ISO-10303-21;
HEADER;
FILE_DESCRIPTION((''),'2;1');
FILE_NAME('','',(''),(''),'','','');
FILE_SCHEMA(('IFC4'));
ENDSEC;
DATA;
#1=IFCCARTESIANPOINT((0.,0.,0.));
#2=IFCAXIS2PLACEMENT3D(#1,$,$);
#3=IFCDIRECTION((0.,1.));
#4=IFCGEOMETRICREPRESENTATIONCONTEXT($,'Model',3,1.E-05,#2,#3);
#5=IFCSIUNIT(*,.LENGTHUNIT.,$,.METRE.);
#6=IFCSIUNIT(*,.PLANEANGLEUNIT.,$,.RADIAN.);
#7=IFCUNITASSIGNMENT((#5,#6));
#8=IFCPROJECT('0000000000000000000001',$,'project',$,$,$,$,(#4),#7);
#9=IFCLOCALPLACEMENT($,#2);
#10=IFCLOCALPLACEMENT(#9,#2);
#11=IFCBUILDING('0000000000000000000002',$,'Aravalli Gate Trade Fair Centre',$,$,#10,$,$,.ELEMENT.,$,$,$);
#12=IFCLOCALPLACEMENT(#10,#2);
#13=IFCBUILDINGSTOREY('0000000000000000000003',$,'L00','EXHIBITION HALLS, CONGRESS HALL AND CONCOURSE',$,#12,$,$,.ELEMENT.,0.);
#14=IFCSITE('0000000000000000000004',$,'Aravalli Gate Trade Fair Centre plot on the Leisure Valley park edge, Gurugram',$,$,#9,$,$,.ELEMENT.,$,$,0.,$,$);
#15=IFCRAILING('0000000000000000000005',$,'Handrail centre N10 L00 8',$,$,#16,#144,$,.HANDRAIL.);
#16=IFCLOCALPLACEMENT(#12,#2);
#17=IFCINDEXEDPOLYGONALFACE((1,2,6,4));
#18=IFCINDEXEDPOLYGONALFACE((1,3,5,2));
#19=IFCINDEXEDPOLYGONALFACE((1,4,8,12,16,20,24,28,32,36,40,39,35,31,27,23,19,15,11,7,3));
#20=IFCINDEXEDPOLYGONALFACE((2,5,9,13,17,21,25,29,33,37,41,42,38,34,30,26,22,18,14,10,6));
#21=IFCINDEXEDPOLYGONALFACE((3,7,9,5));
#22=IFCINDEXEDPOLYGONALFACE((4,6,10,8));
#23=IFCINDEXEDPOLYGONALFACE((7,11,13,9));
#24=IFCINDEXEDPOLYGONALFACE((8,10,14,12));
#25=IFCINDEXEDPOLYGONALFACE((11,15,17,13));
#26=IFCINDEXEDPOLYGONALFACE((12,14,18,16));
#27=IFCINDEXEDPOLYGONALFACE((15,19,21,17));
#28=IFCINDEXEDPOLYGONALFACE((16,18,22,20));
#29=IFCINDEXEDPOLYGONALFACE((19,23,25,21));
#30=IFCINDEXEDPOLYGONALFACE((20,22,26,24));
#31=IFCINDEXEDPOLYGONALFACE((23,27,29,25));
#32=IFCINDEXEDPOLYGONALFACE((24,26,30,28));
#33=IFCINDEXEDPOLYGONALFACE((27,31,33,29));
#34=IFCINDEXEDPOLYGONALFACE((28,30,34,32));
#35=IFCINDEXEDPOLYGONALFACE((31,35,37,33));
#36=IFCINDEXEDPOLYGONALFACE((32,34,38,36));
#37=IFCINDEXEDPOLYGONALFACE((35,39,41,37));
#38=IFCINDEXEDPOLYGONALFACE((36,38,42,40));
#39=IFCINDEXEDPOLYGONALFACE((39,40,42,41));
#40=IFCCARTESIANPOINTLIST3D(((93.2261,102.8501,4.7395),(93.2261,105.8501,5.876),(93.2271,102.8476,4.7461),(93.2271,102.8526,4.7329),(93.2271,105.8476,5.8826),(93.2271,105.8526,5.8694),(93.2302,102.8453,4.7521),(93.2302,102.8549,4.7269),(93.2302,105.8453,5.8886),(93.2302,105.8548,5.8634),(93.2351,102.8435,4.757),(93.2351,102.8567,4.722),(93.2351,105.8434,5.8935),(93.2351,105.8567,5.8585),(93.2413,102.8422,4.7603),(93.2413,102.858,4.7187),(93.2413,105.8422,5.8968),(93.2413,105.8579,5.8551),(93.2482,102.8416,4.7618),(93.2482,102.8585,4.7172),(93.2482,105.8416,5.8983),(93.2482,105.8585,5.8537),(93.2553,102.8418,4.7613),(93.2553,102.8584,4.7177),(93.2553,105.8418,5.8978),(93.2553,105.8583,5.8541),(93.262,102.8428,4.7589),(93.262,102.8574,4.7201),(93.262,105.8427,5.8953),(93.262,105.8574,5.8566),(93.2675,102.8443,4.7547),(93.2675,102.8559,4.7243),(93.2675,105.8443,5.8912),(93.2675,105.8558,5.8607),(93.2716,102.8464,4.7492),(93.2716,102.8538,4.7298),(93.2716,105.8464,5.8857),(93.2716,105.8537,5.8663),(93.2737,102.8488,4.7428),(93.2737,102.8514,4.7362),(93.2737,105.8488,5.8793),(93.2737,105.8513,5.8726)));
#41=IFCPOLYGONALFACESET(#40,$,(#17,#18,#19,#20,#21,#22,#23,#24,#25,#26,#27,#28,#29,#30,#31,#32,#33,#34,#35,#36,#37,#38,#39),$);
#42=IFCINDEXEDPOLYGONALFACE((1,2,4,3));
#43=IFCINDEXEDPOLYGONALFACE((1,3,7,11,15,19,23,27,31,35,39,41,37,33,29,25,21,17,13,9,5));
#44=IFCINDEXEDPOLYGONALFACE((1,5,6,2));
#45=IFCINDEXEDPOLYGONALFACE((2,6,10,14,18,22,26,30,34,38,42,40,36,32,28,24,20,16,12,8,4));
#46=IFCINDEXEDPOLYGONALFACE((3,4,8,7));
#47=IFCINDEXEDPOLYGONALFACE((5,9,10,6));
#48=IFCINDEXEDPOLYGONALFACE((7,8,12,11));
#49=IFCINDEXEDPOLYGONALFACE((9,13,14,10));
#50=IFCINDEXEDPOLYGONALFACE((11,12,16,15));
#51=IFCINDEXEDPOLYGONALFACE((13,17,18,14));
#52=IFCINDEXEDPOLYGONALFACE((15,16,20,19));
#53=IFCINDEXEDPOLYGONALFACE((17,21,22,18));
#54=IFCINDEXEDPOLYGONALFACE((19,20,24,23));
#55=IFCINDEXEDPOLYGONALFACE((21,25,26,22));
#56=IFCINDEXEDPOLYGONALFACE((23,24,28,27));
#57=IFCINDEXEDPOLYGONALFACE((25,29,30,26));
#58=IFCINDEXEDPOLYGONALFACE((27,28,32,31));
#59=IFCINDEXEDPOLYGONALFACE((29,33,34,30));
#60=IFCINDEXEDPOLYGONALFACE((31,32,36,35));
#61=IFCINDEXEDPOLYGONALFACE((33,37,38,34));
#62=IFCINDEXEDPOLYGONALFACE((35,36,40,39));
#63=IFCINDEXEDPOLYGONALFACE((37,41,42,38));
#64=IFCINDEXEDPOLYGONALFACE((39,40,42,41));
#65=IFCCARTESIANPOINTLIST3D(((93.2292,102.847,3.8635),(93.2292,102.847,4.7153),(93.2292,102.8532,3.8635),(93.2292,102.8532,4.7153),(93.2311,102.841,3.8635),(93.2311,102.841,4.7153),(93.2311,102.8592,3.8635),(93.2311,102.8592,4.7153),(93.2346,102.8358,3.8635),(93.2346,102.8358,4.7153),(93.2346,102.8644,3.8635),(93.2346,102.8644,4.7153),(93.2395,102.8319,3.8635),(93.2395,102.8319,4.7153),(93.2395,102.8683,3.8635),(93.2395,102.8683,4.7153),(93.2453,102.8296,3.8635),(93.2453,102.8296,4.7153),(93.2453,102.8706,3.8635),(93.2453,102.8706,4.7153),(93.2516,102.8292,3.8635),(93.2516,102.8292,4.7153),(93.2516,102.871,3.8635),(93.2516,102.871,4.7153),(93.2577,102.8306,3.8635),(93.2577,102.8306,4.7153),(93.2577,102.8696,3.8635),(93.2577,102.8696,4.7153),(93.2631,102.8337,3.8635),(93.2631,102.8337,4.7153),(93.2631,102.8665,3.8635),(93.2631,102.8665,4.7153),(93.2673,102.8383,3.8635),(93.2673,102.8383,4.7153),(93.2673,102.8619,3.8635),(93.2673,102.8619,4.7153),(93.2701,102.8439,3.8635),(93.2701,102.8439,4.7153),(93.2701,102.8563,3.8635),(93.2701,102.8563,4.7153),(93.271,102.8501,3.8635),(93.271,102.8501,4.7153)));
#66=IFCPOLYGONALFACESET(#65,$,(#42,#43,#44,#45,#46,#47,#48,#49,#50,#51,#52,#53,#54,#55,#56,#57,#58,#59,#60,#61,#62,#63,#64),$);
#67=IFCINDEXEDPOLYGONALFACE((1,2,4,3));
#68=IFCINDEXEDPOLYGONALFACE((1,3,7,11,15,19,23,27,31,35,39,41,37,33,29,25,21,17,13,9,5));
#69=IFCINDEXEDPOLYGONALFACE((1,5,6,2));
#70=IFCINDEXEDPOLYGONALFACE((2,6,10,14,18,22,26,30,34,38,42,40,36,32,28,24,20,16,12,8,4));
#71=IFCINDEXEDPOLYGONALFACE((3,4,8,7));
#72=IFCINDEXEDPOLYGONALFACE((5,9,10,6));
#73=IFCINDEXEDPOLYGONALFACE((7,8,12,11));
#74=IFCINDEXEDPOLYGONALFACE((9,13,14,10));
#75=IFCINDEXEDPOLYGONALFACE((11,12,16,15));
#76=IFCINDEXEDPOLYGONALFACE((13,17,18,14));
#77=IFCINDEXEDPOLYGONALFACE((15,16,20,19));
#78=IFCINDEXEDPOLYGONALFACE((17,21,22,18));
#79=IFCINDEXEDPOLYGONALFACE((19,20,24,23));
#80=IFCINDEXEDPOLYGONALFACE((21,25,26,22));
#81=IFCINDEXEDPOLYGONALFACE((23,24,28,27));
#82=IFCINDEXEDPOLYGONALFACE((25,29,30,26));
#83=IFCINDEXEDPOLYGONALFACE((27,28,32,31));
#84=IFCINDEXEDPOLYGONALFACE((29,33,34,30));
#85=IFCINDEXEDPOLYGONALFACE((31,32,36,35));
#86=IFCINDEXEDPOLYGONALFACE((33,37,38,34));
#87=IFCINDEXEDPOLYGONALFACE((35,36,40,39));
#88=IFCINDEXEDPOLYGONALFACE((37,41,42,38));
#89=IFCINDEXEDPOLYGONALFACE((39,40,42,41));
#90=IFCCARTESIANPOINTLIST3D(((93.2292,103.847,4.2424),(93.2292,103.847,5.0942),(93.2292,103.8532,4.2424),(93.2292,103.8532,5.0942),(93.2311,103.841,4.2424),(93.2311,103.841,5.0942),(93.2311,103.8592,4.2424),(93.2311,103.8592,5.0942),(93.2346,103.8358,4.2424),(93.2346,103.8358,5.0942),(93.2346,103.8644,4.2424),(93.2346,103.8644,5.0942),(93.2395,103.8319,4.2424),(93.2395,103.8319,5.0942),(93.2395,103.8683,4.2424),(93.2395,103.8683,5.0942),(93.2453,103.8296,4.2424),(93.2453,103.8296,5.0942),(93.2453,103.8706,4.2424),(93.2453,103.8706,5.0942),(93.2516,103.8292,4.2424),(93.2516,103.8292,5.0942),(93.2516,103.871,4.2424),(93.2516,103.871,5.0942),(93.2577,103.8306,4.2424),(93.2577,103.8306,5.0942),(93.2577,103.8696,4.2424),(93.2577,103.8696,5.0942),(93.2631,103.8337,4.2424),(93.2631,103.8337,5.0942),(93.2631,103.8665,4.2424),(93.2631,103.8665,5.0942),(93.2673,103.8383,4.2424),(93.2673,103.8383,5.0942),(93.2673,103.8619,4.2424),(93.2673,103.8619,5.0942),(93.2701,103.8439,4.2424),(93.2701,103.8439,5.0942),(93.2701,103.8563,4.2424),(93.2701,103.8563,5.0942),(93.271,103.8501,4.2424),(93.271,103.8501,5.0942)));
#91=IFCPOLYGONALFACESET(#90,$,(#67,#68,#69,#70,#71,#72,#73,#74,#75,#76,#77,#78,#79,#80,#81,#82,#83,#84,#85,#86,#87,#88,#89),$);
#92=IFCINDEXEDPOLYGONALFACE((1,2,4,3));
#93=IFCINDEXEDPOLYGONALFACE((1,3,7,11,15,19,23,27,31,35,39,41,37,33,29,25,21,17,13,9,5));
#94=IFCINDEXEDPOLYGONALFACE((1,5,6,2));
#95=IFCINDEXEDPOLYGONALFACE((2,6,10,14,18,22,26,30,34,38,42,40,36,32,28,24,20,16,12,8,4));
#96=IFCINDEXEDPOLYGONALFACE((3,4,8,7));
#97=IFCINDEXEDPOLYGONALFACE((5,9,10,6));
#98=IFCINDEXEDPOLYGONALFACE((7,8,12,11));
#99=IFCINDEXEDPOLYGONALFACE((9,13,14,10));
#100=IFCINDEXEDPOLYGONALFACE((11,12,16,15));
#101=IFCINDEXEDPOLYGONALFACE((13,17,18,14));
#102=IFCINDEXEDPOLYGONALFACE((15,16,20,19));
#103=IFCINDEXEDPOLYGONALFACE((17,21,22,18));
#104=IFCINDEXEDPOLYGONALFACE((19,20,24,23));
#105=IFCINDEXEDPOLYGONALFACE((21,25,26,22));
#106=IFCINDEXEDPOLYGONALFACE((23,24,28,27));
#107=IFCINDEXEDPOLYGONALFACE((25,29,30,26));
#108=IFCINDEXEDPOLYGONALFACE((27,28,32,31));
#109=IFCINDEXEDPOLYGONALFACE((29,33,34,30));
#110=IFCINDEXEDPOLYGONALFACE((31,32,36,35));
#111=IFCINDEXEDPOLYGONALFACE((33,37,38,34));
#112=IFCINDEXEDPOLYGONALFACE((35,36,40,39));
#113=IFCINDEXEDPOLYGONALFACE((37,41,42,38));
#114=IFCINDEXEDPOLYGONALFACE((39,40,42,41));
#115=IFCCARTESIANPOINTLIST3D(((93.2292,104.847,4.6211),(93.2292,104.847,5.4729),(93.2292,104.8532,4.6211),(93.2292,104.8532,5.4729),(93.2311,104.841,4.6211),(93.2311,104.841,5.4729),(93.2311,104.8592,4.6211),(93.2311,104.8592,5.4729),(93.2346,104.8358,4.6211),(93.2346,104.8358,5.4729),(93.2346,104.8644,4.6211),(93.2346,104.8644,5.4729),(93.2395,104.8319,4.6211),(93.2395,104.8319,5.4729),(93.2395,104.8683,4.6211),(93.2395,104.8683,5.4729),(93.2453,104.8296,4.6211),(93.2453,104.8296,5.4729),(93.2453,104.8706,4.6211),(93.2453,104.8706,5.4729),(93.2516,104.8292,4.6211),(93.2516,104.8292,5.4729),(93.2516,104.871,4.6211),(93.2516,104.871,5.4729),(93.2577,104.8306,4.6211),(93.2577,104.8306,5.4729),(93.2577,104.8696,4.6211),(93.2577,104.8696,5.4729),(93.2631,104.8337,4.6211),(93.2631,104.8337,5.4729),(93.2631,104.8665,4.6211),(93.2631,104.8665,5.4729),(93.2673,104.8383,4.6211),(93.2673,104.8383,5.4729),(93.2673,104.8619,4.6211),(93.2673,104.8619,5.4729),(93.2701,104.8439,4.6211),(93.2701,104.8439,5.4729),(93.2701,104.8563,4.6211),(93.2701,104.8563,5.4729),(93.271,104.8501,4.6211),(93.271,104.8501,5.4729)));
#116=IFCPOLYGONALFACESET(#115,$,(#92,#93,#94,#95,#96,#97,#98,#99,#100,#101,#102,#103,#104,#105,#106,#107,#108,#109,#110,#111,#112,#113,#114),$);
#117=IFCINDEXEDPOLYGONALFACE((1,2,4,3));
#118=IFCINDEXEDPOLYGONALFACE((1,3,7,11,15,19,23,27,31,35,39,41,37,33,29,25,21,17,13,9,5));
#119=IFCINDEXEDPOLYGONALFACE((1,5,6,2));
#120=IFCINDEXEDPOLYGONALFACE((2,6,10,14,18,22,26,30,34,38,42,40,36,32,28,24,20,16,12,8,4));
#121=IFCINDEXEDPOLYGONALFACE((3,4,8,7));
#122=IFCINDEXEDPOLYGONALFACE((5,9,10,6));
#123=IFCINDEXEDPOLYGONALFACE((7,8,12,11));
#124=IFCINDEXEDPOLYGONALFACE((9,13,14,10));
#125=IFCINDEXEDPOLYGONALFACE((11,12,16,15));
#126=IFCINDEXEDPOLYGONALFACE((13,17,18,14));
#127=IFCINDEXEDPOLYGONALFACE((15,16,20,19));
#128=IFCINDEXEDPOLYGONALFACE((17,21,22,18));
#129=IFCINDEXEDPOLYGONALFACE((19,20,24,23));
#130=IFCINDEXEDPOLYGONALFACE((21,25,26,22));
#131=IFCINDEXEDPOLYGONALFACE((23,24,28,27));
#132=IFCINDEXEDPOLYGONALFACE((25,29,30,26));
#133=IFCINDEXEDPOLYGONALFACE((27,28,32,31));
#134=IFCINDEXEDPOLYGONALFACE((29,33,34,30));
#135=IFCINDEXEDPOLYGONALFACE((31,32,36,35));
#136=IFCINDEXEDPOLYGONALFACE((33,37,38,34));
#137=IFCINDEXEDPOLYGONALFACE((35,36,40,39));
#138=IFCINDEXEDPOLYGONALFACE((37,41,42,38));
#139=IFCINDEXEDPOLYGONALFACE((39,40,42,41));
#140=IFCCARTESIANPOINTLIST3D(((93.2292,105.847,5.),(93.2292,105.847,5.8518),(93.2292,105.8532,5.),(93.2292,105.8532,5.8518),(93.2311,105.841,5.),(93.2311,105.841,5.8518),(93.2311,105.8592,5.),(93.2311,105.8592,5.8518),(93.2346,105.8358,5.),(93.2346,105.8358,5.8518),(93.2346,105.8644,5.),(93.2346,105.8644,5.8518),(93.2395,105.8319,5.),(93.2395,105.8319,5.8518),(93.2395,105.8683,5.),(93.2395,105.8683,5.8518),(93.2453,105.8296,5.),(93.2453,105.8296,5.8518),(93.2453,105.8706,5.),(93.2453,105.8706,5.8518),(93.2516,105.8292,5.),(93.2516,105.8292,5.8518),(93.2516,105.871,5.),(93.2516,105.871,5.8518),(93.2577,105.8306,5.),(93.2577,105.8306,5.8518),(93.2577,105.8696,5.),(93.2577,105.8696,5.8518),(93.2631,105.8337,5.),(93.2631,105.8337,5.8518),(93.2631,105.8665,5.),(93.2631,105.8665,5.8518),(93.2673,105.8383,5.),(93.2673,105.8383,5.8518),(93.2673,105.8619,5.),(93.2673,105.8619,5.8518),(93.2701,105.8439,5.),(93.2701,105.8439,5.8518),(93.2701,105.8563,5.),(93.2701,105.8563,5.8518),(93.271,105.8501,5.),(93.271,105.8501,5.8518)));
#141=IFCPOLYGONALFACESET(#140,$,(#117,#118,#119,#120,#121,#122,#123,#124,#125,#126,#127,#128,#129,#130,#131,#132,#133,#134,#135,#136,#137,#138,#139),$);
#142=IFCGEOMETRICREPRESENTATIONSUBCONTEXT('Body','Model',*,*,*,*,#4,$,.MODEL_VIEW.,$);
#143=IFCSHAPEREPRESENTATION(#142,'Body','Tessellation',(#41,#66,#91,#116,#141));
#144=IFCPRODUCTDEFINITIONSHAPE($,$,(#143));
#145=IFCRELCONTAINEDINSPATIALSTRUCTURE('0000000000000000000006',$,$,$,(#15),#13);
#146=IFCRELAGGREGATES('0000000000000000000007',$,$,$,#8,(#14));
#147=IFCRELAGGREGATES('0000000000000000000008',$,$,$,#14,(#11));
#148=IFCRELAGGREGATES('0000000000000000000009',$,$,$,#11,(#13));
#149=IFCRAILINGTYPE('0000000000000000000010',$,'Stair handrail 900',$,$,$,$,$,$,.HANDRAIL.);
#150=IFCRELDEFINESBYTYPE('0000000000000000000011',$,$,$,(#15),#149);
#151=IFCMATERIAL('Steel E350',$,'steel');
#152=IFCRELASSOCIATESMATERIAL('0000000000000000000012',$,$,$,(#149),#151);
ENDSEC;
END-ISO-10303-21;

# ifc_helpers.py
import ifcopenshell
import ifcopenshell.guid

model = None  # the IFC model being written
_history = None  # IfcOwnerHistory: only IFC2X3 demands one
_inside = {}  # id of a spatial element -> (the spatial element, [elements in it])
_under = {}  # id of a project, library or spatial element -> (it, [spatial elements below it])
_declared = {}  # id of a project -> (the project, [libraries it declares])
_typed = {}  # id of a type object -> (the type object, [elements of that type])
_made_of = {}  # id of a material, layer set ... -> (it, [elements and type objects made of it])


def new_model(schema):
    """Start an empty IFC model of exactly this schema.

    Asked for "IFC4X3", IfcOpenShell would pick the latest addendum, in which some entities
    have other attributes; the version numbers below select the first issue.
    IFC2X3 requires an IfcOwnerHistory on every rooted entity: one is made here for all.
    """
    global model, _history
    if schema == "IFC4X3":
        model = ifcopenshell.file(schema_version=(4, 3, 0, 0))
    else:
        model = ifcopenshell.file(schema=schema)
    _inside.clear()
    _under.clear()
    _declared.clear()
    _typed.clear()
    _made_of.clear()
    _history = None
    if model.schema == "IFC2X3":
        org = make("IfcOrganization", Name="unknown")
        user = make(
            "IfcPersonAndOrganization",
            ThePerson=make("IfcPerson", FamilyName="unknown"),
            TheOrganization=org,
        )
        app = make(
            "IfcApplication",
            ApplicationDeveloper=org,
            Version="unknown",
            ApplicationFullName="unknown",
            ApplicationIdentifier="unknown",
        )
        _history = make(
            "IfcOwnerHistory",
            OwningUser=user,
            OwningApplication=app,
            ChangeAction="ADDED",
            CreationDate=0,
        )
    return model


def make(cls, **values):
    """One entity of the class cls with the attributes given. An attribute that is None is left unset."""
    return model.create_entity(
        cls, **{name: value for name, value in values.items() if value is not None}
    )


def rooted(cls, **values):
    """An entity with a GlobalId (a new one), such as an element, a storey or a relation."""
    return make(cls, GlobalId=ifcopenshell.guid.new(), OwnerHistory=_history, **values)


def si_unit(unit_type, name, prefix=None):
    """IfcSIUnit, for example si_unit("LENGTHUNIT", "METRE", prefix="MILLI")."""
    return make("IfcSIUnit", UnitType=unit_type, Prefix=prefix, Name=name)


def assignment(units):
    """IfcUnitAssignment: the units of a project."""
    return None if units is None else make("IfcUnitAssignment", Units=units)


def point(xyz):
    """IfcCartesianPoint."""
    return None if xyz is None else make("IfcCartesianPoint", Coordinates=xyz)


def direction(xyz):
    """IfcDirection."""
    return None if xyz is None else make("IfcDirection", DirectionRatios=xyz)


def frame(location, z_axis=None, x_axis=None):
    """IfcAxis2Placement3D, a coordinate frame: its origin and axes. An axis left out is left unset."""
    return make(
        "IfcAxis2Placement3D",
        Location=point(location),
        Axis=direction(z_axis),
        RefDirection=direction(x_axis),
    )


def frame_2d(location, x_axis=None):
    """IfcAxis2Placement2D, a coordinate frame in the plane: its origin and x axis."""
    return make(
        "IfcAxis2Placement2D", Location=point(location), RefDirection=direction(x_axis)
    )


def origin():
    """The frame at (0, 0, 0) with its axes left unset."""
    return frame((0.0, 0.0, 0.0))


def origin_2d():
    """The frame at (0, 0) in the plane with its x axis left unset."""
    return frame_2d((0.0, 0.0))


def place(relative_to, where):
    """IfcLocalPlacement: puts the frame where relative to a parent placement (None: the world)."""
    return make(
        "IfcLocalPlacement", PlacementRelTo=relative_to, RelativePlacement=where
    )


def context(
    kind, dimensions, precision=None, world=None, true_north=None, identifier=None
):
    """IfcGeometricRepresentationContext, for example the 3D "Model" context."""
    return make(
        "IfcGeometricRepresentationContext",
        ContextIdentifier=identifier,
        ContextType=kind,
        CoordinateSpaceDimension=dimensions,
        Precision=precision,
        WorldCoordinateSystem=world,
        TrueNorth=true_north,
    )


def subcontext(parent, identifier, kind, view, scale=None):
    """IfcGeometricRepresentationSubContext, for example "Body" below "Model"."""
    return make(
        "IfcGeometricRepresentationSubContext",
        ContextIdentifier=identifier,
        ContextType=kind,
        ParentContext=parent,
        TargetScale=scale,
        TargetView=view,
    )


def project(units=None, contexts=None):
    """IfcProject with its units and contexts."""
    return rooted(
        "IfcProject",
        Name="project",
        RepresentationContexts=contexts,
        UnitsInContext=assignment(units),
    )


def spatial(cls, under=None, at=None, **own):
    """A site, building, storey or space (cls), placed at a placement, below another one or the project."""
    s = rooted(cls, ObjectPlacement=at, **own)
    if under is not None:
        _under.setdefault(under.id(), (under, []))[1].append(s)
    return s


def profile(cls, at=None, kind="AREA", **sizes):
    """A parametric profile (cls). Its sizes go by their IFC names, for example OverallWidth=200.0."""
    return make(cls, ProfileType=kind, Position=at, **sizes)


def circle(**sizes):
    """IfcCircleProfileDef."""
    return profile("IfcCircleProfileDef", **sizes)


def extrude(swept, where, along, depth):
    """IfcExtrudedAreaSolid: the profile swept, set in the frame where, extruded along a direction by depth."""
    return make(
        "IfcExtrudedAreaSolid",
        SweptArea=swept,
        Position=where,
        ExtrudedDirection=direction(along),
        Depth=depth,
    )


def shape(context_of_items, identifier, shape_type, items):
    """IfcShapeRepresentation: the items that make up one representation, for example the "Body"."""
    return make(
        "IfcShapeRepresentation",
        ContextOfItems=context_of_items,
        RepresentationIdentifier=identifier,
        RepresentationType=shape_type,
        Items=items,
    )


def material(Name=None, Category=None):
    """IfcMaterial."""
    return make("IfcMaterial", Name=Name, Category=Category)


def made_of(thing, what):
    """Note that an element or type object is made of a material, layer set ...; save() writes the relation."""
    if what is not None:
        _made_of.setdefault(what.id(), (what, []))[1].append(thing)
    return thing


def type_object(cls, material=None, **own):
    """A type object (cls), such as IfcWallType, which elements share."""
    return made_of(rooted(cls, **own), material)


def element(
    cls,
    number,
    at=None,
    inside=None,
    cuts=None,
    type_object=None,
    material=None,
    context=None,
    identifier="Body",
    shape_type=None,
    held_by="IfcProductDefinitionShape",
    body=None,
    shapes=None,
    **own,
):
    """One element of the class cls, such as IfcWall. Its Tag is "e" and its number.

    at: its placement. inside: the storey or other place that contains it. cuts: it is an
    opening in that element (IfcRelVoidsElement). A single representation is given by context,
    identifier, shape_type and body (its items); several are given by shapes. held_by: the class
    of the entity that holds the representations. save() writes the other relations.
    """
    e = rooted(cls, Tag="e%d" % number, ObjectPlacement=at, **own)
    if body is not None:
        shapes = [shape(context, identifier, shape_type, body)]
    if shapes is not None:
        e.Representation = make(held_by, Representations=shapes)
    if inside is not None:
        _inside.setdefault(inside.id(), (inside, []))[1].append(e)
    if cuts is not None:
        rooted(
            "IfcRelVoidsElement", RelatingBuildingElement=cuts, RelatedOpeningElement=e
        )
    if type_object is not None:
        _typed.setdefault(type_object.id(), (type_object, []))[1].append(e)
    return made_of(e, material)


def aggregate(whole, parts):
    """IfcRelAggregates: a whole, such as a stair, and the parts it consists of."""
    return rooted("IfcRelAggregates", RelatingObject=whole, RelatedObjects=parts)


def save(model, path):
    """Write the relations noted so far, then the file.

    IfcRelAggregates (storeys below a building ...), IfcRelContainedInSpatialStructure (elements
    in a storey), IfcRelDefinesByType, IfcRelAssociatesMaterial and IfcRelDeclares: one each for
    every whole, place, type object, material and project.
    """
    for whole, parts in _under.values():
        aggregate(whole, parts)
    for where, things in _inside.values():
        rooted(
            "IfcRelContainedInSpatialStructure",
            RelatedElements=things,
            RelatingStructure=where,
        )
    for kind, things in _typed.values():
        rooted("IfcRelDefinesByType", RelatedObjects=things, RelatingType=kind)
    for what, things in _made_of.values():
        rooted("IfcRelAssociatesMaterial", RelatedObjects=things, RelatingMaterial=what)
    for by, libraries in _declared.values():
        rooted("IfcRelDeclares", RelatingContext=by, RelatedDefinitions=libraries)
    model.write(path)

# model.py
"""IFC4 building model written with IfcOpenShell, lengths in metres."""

from ifc_helpers import new_model, si_unit, direction, frame, origin, origin_2d, place, context, subcontext, project, spatial, circle, extrude, material, type_object, element, save


model = new_model("IFC4")

# Units and contexts
model_context = context("Model", 3, precision=1e-05, world=origin(), true_north=direction((0.0, 1.0)))
body_context = subcontext(model_context, "Body", "Model", "MODEL_VIEW")
ifc_project = project(units=[si_unit("LENGTHUNIT", "METRE"), si_unit("PLANEANGLEUNIT", "RADIAN")], contexts=[model_context])

# Site, building, storey
site_placement = place(None, origin())
site = spatial("IfcSite", under=ifc_project, at=site_placement, Name="Aravalli Gate Trade Fair Centre plot on the Leisure Valley park edge, Gurugram", CompositionType="ELEMENT", RefElevation=0.0)
building_placement = place(site_placement, origin())
building = spatial("IfcBuilding", under=site, at=building_placement, Name="Aravalli Gate Trade Fair Centre", CompositionType="ELEMENT")
storey_placement = place(building_placement, origin())
storey = spatial("IfcBuildingStorey", under=building, at=storey_placement, Name="L00", Description="EXHIBITION HALLS, CONGRESS HALL AND CONCOURSE", CompositionType="ELEMENT", Elevation=0.0)

# Railing
ifc_material_1 = material(Name="Steel E350", Category="steel")
railing_type = type_object("IfcRailingType", Name="Stair handrail 900", PredefinedType="HANDRAIL", material=ifc_material_1)
for number, where, name in (
    (1, (93.25, 102.8501, 3.8635), "Handrail centre N10 L00 8"),
):
    element("IfcRailing", number, at=place(storey_placement, frame(where)), inside=storey, type_object=railing_type, Name=name, PredefinedType="HANDRAIL", context=body_context, shape_type="SweptSolid", body=[
        extrude(circle(Radius=0.0239, at=origin_2d()), frame((0.0, 0.0, 0.876), z_axis=(0.0, 0.935148, 0.354257), x_axis=(-1.0, 0.0, 0.0)), (0.0, 0.0, 1.0), 3.208),
        extrude(circle(Radius=0.021, at=origin_2d()), origin(), (0.0, 0.0, 1.0), 0.8518),
        extrude(circle(Radius=0.021, at=origin_2d()), frame((0.0, 1.0, 0.3789)), (0.0, 0.0, 1.0), 0.8518),
        extrude(circle(Radius=0.021, at=origin_2d()), frame((0.0, 2.0, 0.7576)), (0.0, 0.0, 1.0), 0.8518),
        extrude(circle(Radius=0.021, at=origin_2d()), frame((0.0, 3.0, 1.1365)), (0.0, 0.0, 1.0), 0.8518),
    ])

save(model, "model.ifc")
